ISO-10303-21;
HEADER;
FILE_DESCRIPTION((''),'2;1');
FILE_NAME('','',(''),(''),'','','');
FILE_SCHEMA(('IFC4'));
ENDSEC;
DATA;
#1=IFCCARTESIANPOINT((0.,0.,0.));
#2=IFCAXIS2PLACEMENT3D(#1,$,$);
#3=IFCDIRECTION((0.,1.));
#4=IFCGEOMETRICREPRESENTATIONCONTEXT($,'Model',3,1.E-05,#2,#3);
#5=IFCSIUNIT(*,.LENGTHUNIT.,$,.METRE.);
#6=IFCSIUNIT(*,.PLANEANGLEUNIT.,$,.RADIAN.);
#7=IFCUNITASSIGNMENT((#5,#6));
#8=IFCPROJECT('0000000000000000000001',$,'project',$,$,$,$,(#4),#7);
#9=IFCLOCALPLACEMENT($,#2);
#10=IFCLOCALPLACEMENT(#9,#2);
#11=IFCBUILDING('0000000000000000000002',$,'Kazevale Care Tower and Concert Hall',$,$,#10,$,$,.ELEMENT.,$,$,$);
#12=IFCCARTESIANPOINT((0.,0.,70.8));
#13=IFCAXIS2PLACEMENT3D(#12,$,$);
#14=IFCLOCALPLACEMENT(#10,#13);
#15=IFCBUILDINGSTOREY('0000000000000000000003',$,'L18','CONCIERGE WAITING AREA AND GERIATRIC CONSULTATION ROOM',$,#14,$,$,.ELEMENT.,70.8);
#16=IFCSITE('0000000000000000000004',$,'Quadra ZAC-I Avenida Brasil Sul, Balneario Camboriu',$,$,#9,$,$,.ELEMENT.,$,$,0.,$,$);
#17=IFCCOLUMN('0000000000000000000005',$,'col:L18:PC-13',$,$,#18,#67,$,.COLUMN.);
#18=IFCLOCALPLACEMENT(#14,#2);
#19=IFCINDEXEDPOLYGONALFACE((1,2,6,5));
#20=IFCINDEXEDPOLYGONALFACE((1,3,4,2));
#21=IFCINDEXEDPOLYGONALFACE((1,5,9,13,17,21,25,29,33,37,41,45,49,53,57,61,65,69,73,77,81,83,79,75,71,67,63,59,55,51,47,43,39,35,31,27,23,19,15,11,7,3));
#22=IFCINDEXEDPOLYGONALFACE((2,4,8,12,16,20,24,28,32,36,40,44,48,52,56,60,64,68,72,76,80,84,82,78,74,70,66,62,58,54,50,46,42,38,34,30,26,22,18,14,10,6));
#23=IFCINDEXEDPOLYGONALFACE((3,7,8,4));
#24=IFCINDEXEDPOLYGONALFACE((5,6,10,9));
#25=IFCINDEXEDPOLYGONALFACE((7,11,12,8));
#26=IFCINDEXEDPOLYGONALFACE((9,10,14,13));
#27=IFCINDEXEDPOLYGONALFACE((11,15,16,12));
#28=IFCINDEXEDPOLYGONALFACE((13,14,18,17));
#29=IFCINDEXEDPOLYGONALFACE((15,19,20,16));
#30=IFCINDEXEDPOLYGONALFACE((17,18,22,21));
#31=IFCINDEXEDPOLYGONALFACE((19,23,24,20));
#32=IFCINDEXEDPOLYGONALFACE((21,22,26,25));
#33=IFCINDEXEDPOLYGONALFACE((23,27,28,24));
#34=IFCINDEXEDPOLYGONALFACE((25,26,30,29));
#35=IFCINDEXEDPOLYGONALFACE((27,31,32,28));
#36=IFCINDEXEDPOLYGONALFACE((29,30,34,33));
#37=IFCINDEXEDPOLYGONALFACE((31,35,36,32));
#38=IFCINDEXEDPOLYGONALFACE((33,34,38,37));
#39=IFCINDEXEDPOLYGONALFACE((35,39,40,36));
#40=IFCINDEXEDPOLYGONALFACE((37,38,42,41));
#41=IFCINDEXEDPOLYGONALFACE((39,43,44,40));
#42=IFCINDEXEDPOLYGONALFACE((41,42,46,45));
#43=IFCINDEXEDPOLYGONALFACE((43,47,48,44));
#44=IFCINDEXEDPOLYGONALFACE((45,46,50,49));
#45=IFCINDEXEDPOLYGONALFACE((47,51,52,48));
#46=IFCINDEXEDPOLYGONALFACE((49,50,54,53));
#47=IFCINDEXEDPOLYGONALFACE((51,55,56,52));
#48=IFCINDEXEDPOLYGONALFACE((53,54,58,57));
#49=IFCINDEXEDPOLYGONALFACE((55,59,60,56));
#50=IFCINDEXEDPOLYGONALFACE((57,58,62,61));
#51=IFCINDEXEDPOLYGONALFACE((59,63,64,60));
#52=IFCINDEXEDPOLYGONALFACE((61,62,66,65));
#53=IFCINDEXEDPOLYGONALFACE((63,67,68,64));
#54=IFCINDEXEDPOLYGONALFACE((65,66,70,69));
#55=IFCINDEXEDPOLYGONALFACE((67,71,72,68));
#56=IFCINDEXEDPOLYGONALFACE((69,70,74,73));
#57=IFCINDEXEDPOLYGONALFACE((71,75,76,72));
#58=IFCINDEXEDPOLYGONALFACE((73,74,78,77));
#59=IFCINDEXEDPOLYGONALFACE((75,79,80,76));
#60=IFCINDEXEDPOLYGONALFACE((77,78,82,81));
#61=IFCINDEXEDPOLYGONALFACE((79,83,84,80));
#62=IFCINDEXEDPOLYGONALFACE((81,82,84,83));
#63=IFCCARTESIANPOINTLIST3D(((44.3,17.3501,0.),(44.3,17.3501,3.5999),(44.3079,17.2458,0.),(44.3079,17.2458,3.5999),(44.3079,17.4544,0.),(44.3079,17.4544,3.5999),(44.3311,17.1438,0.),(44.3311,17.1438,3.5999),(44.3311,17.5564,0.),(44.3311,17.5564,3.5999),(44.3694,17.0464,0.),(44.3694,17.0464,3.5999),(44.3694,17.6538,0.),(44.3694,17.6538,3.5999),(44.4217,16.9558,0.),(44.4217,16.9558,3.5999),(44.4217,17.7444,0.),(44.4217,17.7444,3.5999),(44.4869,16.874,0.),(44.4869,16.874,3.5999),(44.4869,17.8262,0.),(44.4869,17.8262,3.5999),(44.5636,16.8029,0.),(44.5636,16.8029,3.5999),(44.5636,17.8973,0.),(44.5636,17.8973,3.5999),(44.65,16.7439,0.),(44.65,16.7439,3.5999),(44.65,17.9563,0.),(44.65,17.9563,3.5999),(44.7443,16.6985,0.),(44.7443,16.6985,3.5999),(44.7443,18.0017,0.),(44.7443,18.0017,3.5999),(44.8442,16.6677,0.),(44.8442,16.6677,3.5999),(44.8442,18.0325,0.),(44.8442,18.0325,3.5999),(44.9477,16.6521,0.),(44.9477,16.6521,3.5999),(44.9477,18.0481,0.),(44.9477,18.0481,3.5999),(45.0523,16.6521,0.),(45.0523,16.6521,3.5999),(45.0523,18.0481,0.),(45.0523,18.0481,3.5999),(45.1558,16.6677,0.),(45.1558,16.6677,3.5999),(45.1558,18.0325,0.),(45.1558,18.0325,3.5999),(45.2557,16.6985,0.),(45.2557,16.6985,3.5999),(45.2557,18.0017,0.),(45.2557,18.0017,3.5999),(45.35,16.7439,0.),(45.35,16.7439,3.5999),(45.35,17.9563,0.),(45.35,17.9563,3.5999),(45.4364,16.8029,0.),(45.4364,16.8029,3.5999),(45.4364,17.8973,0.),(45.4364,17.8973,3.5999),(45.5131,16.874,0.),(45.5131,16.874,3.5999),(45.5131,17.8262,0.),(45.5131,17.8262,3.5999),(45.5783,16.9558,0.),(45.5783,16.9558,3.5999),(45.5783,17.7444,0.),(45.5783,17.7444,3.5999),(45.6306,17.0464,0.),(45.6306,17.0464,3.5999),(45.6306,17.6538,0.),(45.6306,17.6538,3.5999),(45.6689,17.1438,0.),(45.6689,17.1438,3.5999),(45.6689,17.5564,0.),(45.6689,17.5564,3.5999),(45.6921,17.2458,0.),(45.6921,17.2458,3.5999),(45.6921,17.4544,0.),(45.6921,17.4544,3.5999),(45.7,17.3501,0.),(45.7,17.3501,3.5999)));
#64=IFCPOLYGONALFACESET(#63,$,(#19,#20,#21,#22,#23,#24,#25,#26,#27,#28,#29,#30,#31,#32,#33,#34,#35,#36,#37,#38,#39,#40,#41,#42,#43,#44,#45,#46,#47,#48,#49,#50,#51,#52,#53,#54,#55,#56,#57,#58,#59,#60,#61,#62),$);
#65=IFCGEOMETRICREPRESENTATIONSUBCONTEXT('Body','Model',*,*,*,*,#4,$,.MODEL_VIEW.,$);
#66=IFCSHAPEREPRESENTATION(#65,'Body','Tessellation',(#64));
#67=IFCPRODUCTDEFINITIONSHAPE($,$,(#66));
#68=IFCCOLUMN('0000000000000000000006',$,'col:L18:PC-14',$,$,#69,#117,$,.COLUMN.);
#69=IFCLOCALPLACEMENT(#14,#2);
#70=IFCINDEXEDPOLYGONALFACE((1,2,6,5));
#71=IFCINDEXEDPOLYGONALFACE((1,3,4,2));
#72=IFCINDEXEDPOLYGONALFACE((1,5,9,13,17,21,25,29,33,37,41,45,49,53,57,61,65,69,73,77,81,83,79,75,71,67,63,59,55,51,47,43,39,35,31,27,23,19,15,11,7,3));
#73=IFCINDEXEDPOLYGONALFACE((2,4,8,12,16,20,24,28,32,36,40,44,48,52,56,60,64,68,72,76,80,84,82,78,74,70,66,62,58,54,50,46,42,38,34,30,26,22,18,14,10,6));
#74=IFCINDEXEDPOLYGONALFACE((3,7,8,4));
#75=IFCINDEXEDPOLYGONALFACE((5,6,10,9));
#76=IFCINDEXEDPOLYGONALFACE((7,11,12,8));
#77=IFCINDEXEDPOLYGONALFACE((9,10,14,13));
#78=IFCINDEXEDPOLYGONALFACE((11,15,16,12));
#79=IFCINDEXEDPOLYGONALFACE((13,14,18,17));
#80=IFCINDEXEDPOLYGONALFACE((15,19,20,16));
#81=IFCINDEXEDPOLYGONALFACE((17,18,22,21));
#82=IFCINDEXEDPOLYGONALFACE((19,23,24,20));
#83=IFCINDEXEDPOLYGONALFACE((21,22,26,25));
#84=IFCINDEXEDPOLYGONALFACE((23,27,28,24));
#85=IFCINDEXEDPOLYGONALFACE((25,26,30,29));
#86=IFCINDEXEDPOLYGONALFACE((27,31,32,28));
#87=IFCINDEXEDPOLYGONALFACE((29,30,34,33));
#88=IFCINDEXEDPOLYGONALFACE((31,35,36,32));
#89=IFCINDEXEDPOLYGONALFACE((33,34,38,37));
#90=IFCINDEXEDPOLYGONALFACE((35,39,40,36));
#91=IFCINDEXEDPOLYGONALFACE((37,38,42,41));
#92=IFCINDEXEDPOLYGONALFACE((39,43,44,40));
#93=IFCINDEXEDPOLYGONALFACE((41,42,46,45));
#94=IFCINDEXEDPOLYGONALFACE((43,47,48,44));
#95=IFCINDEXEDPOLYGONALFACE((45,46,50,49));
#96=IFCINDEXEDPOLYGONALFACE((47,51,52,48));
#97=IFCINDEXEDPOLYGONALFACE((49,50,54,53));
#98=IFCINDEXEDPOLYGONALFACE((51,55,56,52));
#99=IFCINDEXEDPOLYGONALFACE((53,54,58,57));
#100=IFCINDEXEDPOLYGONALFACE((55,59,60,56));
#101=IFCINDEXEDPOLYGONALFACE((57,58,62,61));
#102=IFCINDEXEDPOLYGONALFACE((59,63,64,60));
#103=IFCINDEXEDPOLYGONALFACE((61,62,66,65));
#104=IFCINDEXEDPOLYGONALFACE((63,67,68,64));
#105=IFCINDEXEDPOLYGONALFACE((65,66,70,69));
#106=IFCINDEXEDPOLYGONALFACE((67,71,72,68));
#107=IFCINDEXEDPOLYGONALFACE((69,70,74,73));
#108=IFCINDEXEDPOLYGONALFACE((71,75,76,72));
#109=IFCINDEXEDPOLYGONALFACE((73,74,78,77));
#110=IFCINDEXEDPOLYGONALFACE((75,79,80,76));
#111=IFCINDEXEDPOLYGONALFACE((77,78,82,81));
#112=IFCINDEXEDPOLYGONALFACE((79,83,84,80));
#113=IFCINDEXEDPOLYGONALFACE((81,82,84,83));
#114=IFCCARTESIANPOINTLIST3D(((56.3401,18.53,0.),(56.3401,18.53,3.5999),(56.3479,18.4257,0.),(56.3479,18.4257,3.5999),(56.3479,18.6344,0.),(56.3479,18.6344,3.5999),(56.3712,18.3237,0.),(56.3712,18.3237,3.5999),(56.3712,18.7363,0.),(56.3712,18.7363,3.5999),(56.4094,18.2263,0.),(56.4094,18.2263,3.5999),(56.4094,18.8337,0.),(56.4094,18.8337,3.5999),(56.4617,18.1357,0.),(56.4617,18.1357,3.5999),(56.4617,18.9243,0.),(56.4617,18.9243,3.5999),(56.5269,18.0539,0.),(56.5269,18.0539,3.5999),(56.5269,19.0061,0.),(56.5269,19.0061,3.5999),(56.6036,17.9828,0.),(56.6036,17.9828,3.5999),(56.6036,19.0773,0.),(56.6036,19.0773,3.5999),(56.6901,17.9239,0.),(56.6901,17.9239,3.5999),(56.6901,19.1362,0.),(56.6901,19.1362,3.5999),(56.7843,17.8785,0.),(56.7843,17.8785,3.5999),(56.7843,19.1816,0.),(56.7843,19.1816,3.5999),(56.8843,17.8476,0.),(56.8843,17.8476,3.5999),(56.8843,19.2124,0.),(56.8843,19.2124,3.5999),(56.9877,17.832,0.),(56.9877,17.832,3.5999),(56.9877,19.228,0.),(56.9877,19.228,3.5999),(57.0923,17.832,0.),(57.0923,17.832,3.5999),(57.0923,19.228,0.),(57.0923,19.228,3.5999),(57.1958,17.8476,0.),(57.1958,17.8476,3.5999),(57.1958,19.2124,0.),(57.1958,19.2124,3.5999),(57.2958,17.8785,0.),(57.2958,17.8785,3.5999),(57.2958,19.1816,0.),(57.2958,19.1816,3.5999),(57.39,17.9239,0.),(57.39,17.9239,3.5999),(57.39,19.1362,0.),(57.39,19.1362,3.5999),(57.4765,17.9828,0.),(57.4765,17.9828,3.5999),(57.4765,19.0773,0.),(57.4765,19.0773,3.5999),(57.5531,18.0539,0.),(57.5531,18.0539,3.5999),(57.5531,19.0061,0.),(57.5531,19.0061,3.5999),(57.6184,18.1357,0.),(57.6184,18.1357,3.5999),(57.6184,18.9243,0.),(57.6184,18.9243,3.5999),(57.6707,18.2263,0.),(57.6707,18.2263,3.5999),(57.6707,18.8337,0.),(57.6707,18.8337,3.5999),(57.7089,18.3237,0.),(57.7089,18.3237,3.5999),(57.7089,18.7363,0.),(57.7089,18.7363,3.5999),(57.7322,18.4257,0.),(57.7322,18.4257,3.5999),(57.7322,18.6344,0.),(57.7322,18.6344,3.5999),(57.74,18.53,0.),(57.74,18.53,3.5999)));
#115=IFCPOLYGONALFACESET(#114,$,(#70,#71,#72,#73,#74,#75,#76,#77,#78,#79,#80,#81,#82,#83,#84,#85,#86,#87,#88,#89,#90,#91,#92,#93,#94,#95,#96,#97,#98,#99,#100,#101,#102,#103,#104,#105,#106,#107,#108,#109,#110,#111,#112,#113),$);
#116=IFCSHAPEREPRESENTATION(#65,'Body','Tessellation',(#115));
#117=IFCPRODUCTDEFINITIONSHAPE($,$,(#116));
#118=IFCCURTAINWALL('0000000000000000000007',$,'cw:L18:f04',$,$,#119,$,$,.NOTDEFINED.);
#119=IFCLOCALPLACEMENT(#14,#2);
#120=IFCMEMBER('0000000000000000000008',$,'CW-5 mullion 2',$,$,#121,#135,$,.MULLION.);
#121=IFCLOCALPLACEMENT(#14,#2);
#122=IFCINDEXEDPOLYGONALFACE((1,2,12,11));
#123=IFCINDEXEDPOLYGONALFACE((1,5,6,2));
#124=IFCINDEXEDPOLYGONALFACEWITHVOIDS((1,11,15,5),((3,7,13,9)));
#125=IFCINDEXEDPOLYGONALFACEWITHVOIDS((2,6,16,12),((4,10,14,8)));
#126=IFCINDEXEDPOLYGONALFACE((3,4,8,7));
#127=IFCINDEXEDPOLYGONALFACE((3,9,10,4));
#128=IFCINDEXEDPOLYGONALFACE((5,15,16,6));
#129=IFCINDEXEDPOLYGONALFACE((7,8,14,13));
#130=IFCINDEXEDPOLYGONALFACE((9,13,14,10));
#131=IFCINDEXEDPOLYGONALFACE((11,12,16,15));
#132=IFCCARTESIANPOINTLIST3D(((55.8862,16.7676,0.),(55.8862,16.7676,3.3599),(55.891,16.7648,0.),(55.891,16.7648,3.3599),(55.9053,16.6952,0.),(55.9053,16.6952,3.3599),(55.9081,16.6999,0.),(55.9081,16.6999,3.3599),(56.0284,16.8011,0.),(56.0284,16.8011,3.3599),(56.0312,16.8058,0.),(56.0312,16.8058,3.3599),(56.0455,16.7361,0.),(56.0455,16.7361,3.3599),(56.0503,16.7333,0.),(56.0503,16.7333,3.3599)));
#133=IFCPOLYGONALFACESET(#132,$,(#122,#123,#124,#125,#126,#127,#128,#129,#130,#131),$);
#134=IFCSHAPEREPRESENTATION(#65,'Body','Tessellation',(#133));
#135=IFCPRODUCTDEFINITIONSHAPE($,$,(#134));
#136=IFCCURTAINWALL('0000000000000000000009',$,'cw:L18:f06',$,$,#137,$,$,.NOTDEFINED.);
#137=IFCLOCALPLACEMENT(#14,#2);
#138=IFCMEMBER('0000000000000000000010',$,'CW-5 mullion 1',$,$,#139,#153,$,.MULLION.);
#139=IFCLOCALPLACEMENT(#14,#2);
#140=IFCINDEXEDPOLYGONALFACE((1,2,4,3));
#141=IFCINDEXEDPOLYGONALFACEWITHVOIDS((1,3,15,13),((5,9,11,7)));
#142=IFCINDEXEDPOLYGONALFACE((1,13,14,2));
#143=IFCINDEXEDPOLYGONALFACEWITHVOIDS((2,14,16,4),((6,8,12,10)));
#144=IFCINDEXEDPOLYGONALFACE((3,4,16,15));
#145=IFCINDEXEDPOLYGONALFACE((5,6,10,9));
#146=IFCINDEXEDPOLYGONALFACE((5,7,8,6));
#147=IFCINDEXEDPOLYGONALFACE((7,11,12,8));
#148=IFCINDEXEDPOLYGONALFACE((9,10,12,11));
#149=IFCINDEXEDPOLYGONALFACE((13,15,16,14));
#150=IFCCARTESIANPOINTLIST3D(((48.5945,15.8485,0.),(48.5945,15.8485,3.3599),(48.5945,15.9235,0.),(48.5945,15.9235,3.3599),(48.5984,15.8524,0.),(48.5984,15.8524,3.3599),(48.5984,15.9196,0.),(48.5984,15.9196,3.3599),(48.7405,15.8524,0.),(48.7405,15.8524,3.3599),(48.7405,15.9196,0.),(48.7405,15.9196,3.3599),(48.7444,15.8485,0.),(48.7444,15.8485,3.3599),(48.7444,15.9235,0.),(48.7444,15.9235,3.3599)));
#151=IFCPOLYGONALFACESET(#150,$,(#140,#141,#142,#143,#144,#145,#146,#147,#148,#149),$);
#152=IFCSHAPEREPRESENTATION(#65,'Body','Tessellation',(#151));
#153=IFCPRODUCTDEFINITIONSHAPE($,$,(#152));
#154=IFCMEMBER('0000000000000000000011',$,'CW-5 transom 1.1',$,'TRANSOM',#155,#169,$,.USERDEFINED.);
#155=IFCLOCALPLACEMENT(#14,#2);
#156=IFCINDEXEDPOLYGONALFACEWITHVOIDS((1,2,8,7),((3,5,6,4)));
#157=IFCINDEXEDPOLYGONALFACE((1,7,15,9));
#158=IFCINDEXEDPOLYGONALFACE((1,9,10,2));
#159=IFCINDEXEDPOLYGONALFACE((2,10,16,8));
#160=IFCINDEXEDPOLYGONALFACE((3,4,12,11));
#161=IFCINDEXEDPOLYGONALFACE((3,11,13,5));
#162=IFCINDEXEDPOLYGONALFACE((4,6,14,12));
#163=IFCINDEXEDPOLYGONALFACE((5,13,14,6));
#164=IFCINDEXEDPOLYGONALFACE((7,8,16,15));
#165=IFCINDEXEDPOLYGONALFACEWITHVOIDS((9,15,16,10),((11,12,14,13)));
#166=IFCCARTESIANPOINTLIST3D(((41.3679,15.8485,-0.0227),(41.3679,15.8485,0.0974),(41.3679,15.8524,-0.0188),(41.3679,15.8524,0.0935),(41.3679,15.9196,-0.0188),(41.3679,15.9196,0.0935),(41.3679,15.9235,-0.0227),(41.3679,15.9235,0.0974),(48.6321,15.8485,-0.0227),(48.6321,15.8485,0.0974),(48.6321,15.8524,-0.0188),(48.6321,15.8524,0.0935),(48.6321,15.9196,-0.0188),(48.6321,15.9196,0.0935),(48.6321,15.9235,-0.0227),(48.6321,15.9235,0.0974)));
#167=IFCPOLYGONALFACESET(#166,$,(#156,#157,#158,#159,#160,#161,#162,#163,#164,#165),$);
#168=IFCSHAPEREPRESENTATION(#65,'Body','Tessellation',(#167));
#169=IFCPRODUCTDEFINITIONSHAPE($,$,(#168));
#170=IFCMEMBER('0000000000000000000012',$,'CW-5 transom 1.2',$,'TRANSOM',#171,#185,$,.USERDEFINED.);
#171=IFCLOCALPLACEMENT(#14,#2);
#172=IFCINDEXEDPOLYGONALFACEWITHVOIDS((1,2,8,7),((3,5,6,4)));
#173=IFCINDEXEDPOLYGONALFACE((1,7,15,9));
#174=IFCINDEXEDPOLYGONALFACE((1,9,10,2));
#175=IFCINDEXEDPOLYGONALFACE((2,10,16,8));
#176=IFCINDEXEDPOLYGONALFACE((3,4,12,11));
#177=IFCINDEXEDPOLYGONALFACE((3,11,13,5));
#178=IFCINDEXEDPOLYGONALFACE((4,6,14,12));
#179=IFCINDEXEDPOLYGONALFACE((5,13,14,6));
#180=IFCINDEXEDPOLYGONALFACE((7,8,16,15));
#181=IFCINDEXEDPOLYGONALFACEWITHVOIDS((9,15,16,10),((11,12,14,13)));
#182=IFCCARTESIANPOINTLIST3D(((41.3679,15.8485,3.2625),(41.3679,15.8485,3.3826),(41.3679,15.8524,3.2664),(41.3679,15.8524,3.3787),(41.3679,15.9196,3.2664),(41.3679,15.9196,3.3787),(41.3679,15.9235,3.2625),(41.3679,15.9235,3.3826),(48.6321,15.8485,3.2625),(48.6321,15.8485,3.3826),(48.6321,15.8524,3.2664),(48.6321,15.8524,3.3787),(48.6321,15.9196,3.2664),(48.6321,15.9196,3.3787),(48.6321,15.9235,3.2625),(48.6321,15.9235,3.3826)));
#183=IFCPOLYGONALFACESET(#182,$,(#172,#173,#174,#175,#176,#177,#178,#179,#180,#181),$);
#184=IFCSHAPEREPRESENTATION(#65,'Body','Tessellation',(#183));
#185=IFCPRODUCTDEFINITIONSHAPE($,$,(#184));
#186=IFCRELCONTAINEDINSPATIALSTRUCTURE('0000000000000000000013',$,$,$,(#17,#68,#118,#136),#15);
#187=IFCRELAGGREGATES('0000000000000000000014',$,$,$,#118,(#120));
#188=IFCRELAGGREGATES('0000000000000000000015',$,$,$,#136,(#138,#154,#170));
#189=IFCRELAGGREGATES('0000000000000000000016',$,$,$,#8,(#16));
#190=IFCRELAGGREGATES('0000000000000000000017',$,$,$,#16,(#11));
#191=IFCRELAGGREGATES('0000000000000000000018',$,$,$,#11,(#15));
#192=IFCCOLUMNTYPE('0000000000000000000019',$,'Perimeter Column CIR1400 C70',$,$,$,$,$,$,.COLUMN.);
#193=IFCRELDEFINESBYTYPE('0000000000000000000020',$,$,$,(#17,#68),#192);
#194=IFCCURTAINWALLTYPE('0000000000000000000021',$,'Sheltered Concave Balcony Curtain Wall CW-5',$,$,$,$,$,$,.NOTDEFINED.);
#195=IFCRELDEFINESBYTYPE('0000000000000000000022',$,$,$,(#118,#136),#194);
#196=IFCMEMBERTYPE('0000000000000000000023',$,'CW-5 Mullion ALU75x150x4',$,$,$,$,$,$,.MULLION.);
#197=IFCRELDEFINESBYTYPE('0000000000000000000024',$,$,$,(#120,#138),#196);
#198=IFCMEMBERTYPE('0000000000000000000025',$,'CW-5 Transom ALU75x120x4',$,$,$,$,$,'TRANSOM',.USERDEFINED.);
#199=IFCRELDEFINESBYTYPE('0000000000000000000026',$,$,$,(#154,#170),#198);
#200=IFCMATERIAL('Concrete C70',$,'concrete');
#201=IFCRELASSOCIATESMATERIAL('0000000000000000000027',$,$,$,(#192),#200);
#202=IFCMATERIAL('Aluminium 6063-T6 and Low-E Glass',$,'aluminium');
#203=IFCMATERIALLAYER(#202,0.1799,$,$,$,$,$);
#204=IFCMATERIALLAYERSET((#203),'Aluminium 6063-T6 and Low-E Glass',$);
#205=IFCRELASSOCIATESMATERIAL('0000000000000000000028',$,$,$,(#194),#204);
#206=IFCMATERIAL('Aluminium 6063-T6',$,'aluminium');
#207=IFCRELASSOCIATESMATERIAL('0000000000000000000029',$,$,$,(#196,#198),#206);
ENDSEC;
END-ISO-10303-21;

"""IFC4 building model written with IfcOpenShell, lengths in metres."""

from ifc_helpers import new_model, si_unit, direction, frame, origin, origin_2d, place, context, subcontext, project, spatial, hollow_rectangle, circle, extrude, material, layer, layer_set, material_profile, profile_set, type_object, element, aggregate, save


model = new_model("IFC4")

# Units and contexts
model_context = context("Model", 3, precision=1e-05, world=origin(), true_north=direction((0.0, 1.0)))
body_context = subcontext(model_context, "Body", "Model", "MODEL_VIEW")
ifc_project = project(units=[si_unit("LENGTHUNIT", "METRE"), si_unit("PLANEANGLEUNIT", "RADIAN")], contexts=[model_context])

# Site, building, storey
site_placement = place(None, origin())
site = spatial("IfcSite", under=ifc_project, at=site_placement, Name="Quadra ZAC-I Avenida Brasil Sul, Balneario Camboriu", CompositionType="ELEMENT", RefElevation=0.0)
building_placement = place(site_placement, origin())
building = spatial("IfcBuilding", under=site, at=building_placement, Name="Kazevale Care Tower and Concert Hall", CompositionType="ELEMENT")
storey_placement = place(building_placement, frame((0.0, 0.0, 70.8)))
storey = spatial("IfcBuildingStorey", under=building, at=storey_placement, Name="L18", Description="CONCIERGE WAITING AREA AND GERIATRIC CONSULTATION ROOM", CompositionType="ELEMENT", Elevation=70.8)

# Columns
ifc_material_1 = material(Name="Concrete C70", Category="concrete")
ifc_material_profile_1 = material_profile(ifc_material_1, circle(Radius=0.7, at=origin_2d()), Name="RC-CIR1400")
ifc_profile_set_1 = profile_set([ifc_material_profile_1], Name="Concrete C70")
column_type = type_object("IfcColumnType", Name="Perimeter Column CIR1400 C70", PredefinedType="COLUMN", material=ifc_profile_set_1)
for number, where, z_axis, x_axis, name in (
    (1, (45.0, 17.3501, 0.0), (0.0, 0.0, 1.0), (1.0, 0.0, 0.0), "col:L18:PC-13"),
    (2, (57.04, 18.53, 0.0), (0.0, 0.0, 1.0), (1.0, 0.0, 0.0), "col:L18:PC-14"),
):
    element("IfcColumn", number, at=place(storey_placement, frame(where, z_axis=z_axis, x_axis=x_axis)), inside=storey, type_object=column_type, Name=name, PredefinedType="COLUMN", context=body_context, shape_type="SweptSolid", body=[
        extrude(circle(Radius=0.7, at=origin_2d()), origin(), (0.0, 0.0, 1.0), 3.5999),
    ])

# Curtain wall, member
ifc_material_2 = material(Name="Aluminium 6063-T6 and Low-E Glass", Category="aluminium")
ifc_layer_1 = layer(ifc_material_2, 0.1799)
ifc_layer_set_1 = layer_set([ifc_layer_1], Name="Aluminium 6063-T6 and Low-E Glass")
curtain_wall_type = type_object("IfcCurtainWallType", Name="Sheltered Concave Balcony Curtain Wall CW-5", PredefinedType="NOTDEFINED", material=ifc_layer_set_1)
curtain_wall_1_placement = place(storey_placement, origin())
curtain_wall_1 = element("IfcCurtainWall", 3, at=curtain_wall_1_placement, inside=storey, type_object=curtain_wall_type, Name="cw:L18:f04", PredefinedType="NOTDEFINED")
ifc_material_3 = material(Name="Aluminium 6063-T6", Category="aluminium")
ifc_material_profile_2 = material_profile(ifc_material_3, hollow_rectangle(XDim=0.075, YDim=0.1499, WallThickness=0.0039, at=origin_2d()), Name="ALU75x150x4")
ifc_profile_set_2 = profile_set([ifc_material_profile_2], Name="Aluminium 6063-T6")
member_type_1 = type_object("IfcMemberType", Name="CW-5 Mullion ALU75x150x4", PredefinedType="MULLION", material=ifc_profile_set_2)
member_1_placement = place(storey_placement, frame((55.9683, 16.7505, 0.0), z_axis=(0.0, 0.0, 1.0), x_axis=(0.254829, -0.966986, 0.0)))
member_1 = element("IfcMember", 4, at=member_1_placement, type_object=member_type_1, Name="CW-5 mullion 2", PredefinedType="MULLION", context=body_context, shape_type="SweptSolid", body=[
    extrude(hollow_rectangle(XDim=0.075, YDim=0.1499, WallThickness=0.0039, at=origin_2d()), origin(), (0.0, 0.0, 1.0), 3.3599),
])
aggregate(curtain_wall_1, [member_1])

# Curtain wall, members
curtain_wall_2_placement = place(storey_placement, origin())
curtain_wall_2 = element("IfcCurtainWall", 5, at=curtain_wall_2_placement, inside=storey, type_object=curtain_wall_type, Name="cw:L18:f06", PredefinedType="NOTDEFINED")
member_2_placement = place(storey_placement, frame((48.6694, 15.886, 0.0), z_axis=(0.0, 0.0, 1.0), x_axis=(0.0, -1.0, 0.0)))
member_2 = element("IfcMember", 6, at=member_2_placement, type_object=member_type_1, Name="CW-5 mullion 1", PredefinedType="MULLION", context=body_context, shape_type="SweptSolid", body=[
    extrude(hollow_rectangle(XDim=0.075, YDim=0.1499, WallThickness=0.0039, at=origin_2d()), origin(), (0.0, 0.0, 1.0), 3.3599),
])
ifc_material_profile_3 = material_profile(ifc_material_3, hollow_rectangle(XDim=0.075, YDim=0.1201, WallThickness=0.0039, at=origin_2d()), Name="ALU75x120x4")
ifc_profile_set_3 = profile_set([ifc_material_profile_3], Name="Aluminium 6063-T6")
member_type_2 = type_object("IfcMemberType", Name="CW-5 Transom ALU75x120x4", ElementType="TRANSOM", PredefinedType="USERDEFINED", material=ifc_profile_set_3)
member_3_placement = place(storey_placement, frame((48.6321, 15.886, 0.0374), z_axis=(-1.0, 0.0, 0.0), x_axis=(0.0, -1.0, 0.0)))
member_3 = element("IfcMember", 7, at=member_3_placement, type_object=member_type_2, Name="CW-5 transom 1.1", ObjectType="TRANSOM", PredefinedType="USERDEFINED", context=body_context, shape_type="SweptSolid", body=[
    extrude(hollow_rectangle(XDim=0.075, YDim=0.1201, WallThickness=0.0039, at=origin_2d()), origin(), (0.0, 0.0, 1.0), 7.2642),
])
member_4_placement = place(storey_placement, frame((48.6321, 15.886, 3.3225), z_axis=(-1.0, 0.0, 0.0), x_axis=(0.0, -1.0, 0.0)))
member_4 = element("IfcMember", 8, at=member_4_placement, type_object=member_type_2, Name="CW-5 transom 1.2", ObjectType="TRANSOM", PredefinedType="USERDEFINED", context=body_context, shape_type="SweptSolid", body=[
    extrude(hollow_rectangle(XDim=0.075, YDim=0.1201, WallThickness=0.0039, at=origin_2d()), origin(), (0.0, 0.0, 1.0), 7.2642),
])
aggregate(curtain_wall_2, [member_2, member_3, member_4])

save(model, "model.ifc")
